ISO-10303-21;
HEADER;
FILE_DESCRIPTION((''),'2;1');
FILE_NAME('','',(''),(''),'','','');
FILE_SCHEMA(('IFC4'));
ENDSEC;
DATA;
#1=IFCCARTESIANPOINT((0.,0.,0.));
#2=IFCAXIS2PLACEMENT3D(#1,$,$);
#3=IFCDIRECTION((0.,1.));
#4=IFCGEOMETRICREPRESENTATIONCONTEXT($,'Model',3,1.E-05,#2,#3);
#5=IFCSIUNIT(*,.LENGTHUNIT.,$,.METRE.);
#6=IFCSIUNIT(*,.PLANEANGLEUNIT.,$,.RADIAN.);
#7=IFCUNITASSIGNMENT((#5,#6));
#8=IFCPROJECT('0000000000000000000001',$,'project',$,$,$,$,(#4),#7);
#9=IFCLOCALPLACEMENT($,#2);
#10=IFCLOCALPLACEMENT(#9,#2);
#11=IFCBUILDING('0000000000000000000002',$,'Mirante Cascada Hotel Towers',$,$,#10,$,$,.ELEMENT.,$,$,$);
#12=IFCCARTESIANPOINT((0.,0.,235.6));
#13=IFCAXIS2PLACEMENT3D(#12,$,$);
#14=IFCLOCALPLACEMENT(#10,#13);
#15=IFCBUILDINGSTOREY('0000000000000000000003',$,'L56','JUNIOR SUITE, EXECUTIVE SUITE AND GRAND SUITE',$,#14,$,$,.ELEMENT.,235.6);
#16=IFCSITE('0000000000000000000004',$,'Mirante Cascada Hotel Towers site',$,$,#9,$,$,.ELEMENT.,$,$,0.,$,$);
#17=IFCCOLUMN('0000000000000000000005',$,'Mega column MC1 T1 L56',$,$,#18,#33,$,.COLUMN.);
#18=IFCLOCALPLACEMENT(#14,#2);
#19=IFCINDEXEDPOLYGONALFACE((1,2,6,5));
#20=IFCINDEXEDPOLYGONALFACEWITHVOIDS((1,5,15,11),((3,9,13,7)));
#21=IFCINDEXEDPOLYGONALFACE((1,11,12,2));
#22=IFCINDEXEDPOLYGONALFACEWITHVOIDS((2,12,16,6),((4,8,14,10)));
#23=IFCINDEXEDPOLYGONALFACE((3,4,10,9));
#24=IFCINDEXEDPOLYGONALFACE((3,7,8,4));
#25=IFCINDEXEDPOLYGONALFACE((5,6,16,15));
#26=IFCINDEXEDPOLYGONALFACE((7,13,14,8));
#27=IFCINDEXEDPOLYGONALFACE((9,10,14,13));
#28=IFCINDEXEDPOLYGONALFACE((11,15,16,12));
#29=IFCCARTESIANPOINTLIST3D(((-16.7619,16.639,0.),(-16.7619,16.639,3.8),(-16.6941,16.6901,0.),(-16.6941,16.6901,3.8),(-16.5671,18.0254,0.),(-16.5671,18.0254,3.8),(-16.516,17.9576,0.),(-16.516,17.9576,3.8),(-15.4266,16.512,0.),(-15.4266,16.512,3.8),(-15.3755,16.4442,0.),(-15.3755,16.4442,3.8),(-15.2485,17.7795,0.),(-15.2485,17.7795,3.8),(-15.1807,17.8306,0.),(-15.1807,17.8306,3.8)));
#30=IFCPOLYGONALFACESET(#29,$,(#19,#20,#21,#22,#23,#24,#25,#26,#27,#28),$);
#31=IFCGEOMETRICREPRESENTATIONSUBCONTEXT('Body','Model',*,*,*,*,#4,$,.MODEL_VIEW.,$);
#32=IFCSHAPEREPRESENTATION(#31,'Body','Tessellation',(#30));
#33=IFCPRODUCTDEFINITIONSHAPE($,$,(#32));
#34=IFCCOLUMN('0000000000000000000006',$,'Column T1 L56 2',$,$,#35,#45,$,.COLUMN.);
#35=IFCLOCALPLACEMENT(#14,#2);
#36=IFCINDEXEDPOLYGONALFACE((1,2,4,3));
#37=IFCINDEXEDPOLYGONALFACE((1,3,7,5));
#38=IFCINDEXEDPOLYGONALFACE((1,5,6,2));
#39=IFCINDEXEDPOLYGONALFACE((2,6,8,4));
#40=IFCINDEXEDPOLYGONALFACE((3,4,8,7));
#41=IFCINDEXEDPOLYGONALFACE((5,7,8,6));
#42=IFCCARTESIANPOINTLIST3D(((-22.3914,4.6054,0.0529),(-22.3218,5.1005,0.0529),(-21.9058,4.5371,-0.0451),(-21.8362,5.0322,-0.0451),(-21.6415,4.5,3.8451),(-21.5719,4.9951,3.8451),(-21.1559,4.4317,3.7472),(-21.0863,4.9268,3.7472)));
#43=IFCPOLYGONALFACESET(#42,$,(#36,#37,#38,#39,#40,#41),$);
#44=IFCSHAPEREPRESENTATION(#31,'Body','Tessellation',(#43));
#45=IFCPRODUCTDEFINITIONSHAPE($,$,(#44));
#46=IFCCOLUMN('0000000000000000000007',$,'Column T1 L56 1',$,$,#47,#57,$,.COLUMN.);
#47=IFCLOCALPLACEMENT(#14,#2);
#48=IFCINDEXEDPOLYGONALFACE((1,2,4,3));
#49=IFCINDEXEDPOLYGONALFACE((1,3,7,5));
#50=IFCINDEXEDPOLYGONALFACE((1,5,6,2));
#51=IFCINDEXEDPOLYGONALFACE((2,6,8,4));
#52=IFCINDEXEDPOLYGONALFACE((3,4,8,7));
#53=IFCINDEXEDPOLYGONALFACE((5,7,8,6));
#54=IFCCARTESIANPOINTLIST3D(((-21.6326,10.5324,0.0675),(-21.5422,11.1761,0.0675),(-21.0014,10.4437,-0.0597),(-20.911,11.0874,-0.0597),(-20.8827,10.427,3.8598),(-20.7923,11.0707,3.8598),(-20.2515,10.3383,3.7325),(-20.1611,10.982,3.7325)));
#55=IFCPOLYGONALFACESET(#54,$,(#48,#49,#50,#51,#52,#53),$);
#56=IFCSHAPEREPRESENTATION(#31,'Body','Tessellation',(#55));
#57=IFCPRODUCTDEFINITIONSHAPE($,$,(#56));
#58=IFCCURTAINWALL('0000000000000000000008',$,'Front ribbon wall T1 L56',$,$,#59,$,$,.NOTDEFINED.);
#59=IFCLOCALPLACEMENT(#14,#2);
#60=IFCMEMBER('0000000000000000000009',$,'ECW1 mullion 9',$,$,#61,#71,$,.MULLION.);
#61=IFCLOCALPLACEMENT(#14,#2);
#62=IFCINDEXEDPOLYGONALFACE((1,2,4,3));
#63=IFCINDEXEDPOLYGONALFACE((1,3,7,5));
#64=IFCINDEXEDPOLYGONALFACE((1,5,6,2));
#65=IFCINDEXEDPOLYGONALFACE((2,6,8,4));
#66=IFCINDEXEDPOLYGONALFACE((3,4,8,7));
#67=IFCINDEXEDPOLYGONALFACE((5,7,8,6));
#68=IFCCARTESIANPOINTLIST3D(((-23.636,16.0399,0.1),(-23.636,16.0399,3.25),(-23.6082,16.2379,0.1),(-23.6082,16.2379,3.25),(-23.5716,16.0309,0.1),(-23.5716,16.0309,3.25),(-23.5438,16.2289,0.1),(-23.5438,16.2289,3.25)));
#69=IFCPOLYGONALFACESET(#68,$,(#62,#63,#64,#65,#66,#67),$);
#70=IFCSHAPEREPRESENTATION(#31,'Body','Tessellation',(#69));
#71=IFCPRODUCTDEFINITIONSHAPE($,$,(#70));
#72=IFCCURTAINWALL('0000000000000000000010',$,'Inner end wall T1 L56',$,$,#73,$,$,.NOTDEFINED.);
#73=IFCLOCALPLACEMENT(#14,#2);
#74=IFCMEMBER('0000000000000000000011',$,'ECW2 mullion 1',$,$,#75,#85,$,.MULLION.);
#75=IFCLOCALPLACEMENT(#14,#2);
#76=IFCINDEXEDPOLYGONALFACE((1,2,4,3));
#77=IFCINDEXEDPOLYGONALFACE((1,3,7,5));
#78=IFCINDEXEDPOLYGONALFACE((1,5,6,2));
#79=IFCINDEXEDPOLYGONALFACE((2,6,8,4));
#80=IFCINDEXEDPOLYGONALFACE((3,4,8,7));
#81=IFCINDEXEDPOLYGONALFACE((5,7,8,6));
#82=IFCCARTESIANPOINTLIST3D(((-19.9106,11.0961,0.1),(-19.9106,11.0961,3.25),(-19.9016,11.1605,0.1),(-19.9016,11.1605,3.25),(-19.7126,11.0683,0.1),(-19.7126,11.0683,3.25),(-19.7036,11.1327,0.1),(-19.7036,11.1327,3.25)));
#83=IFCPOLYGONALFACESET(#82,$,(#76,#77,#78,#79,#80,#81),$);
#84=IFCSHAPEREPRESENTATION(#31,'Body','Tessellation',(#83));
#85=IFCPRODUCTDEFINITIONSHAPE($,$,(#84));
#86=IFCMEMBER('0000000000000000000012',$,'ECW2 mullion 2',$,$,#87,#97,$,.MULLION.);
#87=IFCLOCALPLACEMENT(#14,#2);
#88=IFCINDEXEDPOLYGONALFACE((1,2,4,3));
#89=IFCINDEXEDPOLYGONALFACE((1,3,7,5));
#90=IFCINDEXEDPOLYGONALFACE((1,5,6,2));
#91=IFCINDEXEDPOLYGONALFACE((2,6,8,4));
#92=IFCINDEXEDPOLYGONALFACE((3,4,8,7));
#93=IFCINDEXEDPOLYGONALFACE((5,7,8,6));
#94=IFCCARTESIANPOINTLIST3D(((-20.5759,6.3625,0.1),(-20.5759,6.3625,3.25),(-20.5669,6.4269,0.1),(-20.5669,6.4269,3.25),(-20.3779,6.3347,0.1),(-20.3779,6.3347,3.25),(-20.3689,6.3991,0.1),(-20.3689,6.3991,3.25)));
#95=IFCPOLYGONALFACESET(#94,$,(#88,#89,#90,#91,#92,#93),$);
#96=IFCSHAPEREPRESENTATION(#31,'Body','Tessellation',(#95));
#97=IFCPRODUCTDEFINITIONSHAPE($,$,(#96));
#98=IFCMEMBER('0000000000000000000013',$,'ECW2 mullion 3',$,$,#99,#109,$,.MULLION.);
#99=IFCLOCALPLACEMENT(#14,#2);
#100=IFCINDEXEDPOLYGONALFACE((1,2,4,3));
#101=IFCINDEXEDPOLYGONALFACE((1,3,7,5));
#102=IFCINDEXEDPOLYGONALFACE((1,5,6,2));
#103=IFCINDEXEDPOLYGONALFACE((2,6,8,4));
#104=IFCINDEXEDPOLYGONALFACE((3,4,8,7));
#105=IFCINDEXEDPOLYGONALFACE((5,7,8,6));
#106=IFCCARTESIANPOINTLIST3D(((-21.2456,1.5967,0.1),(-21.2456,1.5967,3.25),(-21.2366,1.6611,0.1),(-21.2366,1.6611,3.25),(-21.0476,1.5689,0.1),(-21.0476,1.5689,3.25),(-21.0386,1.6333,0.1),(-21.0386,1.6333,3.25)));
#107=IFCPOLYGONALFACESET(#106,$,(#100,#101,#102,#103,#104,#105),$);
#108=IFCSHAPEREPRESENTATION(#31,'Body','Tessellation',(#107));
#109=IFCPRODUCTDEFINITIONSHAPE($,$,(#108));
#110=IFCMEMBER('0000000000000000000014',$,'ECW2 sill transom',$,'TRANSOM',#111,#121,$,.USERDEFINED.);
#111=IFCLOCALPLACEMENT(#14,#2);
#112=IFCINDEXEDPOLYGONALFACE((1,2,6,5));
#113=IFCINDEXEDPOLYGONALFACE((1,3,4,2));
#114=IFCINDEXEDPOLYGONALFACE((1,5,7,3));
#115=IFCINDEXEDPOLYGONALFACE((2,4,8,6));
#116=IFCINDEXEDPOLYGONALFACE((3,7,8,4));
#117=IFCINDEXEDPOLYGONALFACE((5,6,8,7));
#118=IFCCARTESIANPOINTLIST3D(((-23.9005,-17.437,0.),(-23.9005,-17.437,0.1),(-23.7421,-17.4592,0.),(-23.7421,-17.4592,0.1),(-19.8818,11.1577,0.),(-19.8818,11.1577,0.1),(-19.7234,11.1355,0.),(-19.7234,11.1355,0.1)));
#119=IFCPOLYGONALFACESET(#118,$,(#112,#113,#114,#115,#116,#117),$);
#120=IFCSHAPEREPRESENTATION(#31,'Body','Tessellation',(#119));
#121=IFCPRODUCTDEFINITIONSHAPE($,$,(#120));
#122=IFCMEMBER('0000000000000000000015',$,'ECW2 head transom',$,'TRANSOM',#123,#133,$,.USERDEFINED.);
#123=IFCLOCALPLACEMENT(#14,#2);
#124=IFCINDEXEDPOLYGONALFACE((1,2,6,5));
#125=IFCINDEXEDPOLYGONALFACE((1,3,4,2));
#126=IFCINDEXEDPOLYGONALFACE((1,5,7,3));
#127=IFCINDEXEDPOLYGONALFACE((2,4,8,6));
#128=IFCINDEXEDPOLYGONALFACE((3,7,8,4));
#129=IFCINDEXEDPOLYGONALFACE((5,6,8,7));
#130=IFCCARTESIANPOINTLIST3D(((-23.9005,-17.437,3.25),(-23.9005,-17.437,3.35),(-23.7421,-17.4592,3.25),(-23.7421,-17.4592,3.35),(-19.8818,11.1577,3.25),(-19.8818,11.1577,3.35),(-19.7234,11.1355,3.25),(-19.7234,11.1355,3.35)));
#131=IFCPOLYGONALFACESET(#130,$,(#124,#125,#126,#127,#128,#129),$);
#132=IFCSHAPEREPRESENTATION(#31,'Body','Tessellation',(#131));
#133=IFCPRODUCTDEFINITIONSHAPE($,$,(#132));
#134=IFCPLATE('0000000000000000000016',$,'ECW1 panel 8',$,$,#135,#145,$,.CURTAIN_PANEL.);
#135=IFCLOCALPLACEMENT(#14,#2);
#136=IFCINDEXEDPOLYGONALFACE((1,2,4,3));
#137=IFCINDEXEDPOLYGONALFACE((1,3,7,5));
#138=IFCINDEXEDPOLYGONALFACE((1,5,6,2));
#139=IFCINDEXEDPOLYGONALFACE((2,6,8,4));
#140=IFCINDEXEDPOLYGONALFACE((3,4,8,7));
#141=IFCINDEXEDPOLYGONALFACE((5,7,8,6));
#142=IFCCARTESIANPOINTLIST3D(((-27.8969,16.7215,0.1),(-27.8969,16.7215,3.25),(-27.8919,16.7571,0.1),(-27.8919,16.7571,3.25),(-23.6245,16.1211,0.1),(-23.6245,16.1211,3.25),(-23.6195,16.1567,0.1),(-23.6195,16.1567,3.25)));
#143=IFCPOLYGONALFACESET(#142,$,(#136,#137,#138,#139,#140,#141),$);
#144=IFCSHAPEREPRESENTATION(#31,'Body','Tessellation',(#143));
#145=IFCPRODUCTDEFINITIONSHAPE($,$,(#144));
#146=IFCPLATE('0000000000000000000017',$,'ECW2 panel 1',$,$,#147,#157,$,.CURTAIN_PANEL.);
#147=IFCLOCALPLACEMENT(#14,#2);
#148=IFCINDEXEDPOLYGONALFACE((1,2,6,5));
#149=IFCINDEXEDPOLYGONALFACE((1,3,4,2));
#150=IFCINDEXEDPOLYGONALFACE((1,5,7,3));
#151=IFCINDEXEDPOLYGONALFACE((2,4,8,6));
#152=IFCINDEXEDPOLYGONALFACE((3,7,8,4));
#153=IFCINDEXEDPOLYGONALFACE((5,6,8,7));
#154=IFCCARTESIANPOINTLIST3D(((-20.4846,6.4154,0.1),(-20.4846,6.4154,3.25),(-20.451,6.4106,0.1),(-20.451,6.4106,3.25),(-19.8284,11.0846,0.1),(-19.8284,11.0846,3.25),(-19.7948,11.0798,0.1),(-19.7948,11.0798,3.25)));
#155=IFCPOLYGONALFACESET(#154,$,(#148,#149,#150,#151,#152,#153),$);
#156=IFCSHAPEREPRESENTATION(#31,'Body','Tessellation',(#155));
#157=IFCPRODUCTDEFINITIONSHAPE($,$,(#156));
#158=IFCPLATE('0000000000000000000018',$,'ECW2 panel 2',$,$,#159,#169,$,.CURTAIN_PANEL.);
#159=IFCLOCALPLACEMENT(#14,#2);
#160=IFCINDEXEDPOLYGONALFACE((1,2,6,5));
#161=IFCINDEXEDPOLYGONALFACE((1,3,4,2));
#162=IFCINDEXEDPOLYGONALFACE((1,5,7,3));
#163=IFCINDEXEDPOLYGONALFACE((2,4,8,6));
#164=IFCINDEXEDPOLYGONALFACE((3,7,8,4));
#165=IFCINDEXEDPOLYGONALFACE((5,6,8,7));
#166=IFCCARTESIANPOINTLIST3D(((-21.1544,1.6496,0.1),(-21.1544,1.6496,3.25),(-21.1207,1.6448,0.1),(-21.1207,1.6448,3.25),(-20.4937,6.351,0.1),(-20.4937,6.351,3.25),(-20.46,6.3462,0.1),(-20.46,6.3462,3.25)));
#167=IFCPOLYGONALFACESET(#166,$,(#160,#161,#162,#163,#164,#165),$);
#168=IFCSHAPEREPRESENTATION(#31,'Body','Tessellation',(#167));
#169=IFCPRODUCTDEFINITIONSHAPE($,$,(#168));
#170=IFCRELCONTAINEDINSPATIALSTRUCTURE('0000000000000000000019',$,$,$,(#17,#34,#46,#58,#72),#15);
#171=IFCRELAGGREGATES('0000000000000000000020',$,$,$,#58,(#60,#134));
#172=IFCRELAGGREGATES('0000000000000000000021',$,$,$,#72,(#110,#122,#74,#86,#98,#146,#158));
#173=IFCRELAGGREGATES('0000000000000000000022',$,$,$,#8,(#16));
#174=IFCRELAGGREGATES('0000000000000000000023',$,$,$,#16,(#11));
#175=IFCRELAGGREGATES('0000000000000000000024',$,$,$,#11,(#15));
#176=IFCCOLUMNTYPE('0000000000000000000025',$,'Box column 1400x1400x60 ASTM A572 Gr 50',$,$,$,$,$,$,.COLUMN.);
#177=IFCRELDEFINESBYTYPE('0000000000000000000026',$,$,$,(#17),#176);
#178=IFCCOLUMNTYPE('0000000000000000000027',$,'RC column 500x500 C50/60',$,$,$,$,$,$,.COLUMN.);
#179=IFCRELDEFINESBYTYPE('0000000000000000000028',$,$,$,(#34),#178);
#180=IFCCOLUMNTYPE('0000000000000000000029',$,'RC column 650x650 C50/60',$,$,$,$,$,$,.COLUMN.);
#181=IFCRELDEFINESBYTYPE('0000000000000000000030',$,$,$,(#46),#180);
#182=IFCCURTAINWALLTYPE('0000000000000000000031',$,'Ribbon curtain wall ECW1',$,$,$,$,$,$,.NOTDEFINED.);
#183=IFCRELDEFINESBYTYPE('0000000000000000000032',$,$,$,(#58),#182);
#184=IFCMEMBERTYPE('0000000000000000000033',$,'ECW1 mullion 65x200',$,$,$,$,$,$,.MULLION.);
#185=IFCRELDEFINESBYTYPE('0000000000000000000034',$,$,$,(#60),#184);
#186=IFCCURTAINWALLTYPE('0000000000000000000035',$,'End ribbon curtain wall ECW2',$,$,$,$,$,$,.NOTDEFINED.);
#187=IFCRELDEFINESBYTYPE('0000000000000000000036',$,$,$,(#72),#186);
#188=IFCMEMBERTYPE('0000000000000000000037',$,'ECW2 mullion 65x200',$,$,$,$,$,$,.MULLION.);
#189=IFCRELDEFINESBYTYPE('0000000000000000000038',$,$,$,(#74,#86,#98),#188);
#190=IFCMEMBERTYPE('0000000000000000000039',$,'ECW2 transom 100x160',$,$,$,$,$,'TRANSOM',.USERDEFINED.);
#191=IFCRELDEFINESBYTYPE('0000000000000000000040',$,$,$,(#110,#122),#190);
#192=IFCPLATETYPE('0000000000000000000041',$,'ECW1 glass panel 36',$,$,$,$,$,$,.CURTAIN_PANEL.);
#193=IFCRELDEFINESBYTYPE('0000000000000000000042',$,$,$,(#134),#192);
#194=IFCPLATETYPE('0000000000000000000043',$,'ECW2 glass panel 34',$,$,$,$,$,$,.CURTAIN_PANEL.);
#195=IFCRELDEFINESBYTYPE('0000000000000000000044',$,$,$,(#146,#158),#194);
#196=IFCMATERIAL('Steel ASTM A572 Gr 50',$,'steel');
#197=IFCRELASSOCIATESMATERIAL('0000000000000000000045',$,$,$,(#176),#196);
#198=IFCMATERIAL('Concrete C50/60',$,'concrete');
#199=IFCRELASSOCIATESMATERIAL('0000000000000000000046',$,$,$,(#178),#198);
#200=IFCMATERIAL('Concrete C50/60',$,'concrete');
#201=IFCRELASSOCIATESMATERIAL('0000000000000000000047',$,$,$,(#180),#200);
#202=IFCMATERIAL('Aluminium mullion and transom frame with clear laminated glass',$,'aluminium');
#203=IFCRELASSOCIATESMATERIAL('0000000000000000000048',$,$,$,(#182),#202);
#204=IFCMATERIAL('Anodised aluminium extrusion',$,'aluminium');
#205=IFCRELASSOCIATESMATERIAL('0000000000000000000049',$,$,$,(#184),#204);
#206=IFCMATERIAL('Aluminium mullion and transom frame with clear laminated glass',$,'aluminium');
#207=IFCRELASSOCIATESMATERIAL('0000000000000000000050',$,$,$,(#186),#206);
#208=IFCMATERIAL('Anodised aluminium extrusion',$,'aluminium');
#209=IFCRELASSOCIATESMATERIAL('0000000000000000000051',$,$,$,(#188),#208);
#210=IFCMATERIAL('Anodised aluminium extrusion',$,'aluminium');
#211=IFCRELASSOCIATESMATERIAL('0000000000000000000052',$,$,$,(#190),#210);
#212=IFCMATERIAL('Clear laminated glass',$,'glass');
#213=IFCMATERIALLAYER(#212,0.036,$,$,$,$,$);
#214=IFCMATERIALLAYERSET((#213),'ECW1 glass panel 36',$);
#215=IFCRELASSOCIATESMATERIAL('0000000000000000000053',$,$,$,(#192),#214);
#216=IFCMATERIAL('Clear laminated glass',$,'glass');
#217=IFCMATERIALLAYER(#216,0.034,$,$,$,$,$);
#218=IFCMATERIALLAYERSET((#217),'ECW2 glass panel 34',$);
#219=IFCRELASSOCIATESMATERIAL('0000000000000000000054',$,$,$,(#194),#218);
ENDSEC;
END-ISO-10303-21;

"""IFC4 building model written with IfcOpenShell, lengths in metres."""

from ifc_helpers import new_model, si_unit, direction, frame, origin, origin_2d, place, context, subcontext, project, spatial, rectangle, hollow_rectangle, extrude, material, layer, layer_set, material_profile, profile_set, type_object, element, aggregate, save


model = new_model("IFC4")

# Units and contexts
model_context = context("Model", 3, precision=1e-05, world=origin(), true_north=direction((0.0, 1.0)))
body_context = subcontext(model_context, "Body", "Model", "MODEL_VIEW")
ifc_project = project(units=[si_unit("LENGTHUNIT", "METRE"), si_unit("PLANEANGLEUNIT", "RADIAN")], contexts=[model_context])

# Site, building, storey
site_placement = place(None, origin())
site = spatial("IfcSite", under=ifc_project, at=site_placement, Name="Mirante Cascada Hotel Towers site", CompositionType="ELEMENT", RefElevation=0.0)
building_placement = place(site_placement, origin())
building = spatial("IfcBuilding", under=site, at=building_placement, Name="Mirante Cascada Hotel Towers", CompositionType="ELEMENT")
storey_placement = place(building_placement, frame((0.0, 0.0, 235.6)))
storey = spatial("IfcBuildingStorey", under=building, at=storey_placement, Name="L56", Description="JUNIOR SUITE, EXECUTIVE SUITE AND GRAND SUITE", CompositionType="ELEMENT", Elevation=235.6)

# Columns
ifc_material_1 = material(Name="Steel ASTM A572 Gr 50", Category="steel")
ifc_material_profile_1 = material_profile(ifc_material_1, hollow_rectangle(XDim=1.4, YDim=1.4, WallThickness=0.06, at=origin_2d()), Name="Box column 1400x1400x60 ASTM A572 Gr 50")
ifc_profile_set_1 = profile_set([ifc_material_profile_1], Name="Steel ASTM A572 Gr 50")
column_type_1 = type_object("IfcColumnType", Name="Box column 1400x1400x60 ASTM A572 Gr 50", PredefinedType="COLUMN", material=ifc_profile_set_1)
column_1_placement = place(storey_placement, frame((-15.9713, 17.2348, 0.0), z_axis=(0.0, 0.0, 1.0), x_axis=(-0.990268, 0.139173, 0.0)))
element("IfcColumn", 1, at=column_1_placement, inside=storey, type_object=column_type_1, Name="Mega column MC1 T1 L56", PredefinedType="COLUMN", context=body_context, shape_type="SweptSolid", body=[
    extrude(hollow_rectangle(XDim=1.4, YDim=1.4, WallThickness=0.06, at=origin_2d()), origin(), (0.0, 0.0, 1.0), 3.8),
])
ifc_material_2 = material(Name="Concrete C50/60", Category="concrete")
ifc_material_profile_2 = material_profile(ifc_material_2, rectangle(XDim=0.5, YDim=0.5, at=origin_2d()), Name="RC column 500x500 C50/60")
ifc_profile_set_2 = profile_set([ifc_material_profile_2], Name="Concrete C50/60")
column_type_2 = type_object("IfcColumnType", Name="RC column 500x500 C50/60", PredefinedType="COLUMN", material=ifc_profile_set_2)
column_2_placement = place(storey_placement, frame((-22.1138, 4.8188, 0.0039), z_axis=(0.193919, -0.027256, 0.980639), x_axis=(0.139184, 0.990267, 0.0)))
element("IfcColumn", 2, at=column_2_placement, inside=storey, type_object=column_type_2, Name="Column T1 L56 2", PredefinedType="COLUMN", context=body_context, shape_type="SweptSolid", body=[
    extrude(rectangle(XDim=0.5, YDim=0.5, at=origin_2d()), origin(), (0.0, 0.0, 1.0), 3.8671),
])
ifc_material_3 = material(Name="Concrete C50/60", Category="concrete")
ifc_material_profile_3 = material_profile(ifc_material_3, rectangle(XDim=0.65, YDim=0.65, at=origin_2d()), Name="RC column 650x650 C50/60")
ifc_profile_set_3 = profile_set([ifc_material_profile_3], Name="Concrete C50/60")
column_type_3 = type_object("IfcColumnType", Name="RC column 650x650 C50/60", PredefinedType="COLUMN", material=ifc_profile_set_3)
column_3_placement = place(storey_placement, frame((-21.2718, 10.8099, 0.0039), z_axis=(0.193919, -0.027256, 0.980639), x_axis=(0.139184, 0.990267, 0.0)))
element("IfcColumn", 3, at=column_3_placement, inside=storey, type_object=column_type_3, Name="Column T1 L56 1", PredefinedType="COLUMN", context=body_context, shape_type="SweptSolid", body=[
    extrude(rectangle(XDim=0.65, YDim=0.65, at=origin_2d()), origin(), (0.0, 0.0, 1.0), 3.8671),
])

# Curtain wall, member
ifc_material_4 = material(Name="Aluminium mullion and transom frame with clear laminated glass", Category="aluminium")
curtain_wall_type_1 = type_object("IfcCurtainWallType", Name="Ribbon curtain wall ECW1", PredefinedType="NOTDEFINED", material=ifc_material_4)
curtain_wall_1_placement = place(storey_placement, origin())
curtain_wall_1 = element("IfcCurtainWall", 4, at=curtain_wall_1_placement, inside=storey, type_object=curtain_wall_type_1, Name="Front ribbon wall T1 L56", PredefinedType="NOTDEFINED")
ifc_material_5 = material(Name="Anodised aluminium extrusion", Category="aluminium")
ifc_material_profile_4 = material_profile(ifc_material_5, rectangle(XDim=0.2, YDim=0.065, at=origin_2d()), Name="ECW1 MULLION 65x200")
ifc_profile_set_4 = profile_set([ifc_material_profile_4], Name="Anodised aluminium extrusion")
member_type_1 = type_object("IfcMemberType", Name="ECW1 mullion 65x200", PredefinedType="MULLION", material=ifc_profile_set_4)
member_1_placement = place(storey_placement, frame((-23.5899, 16.1344, 0.1), z_axis=(0.0, 0.0, 1.0), x_axis=(0.139173, 0.990268, 0.0)))
member_1 = element("IfcMember", 5, at=member_1_placement, type_object=member_type_1, Name="ECW1 mullion 9", PredefinedType="MULLION", context=body_context, shape_type="SweptSolid", body=[
    extrude(rectangle(XDim=0.2, YDim=0.065, at=origin_2d()), origin(), (0.0, 0.0, 1.0), 3.15),
])

# Curtain wall, members
ifc_material_6 = material(Name="Aluminium mullion and transom frame with clear laminated glass", Category="aluminium")
curtain_wall_type_2 = type_object("IfcCurtainWallType", Name="End ribbon curtain wall ECW2", PredefinedType="NOTDEFINED", material=ifc_material_6)
curtain_wall_2_placement = place(storey_placement, origin())
curtain_wall_2 = element("IfcCurtainWall", 6, at=curtain_wall_2_placement, inside=storey, type_object=curtain_wall_type_2, Name="Inner end wall T1 L56", PredefinedType="NOTDEFINED")
ifc_material_7 = material(Name="Anodised aluminium extrusion", Category="aluminium")
ifc_material_profile_5 = material_profile(ifc_material_7, rectangle(XDim=0.2, YDim=0.065, at=origin_2d()), Name="ECW2 MULLION 65x200")
ifc_profile_set_5 = profile_set([ifc_material_profile_5], Name="Anodised aluminium extrusion")
member_type_2 = type_object("IfcMemberType", Name="ECW2 mullion 65x200", PredefinedType="MULLION", material=ifc_profile_set_5)
member_2_placement = place(storey_placement, frame((-19.8071, 11.1144, 0.1), z_axis=(0.0, 0.0, 1.0), x_axis=(0.990268, -0.139173, 0.0)))
member_2 = element("IfcMember", 7, at=member_2_placement, type_object=member_type_2, Name="ECW2 mullion 1", PredefinedType="MULLION", context=body_context, shape_type="SweptSolid", body=[
    extrude(rectangle(XDim=0.2, YDim=0.065, at=origin_2d()), origin(), (0.0, 0.0, 1.0), 3.15),
])
member_3_placement = place(storey_placement, frame((-20.4724, 6.3808, 0.1), z_axis=(0.0, 0.0, 1.0), x_axis=(0.990268, -0.139173, 0.0)))
member_3 = element("IfcMember", 8, at=member_3_placement, type_object=member_type_2, Name="ECW2 mullion 2", PredefinedType="MULLION", context=body_context, shape_type="SweptSolid", body=[
    extrude(rectangle(XDim=0.2, YDim=0.065, at=origin_2d()), origin(), (0.0, 0.0, 1.0), 3.15),
])
member_4_placement = place(storey_placement, frame((-21.1421, 1.615, 0.1), z_axis=(0.0, 0.0, 1.0), x_axis=(0.990268, -0.139173, 0.0)))
member_4 = element("IfcMember", 9, at=member_4_placement, type_object=member_type_2, Name="ECW2 mullion 3", PredefinedType="MULLION", context=body_context, shape_type="SweptSolid", body=[
    extrude(rectangle(XDim=0.2, YDim=0.065, at=origin_2d()), origin(), (0.0, 0.0, 1.0), 3.15),
])
ifc_material_8 = material(Name="Anodised aluminium extrusion", Category="aluminium")
ifc_material_profile_6 = material_profile(ifc_material_8, rectangle(XDim=0.16, YDim=0.1, at=origin_2d()), Name="ECW2 TRANSOM 100x160")
ifc_profile_set_6 = profile_set([ifc_material_profile_6], Name="Anodised aluminium extrusion")
member_type_3 = type_object("IfcMemberType", Name="ECW2 transom 100x160", ElementType="TRANSOM", PredefinedType="USERDEFINED", material=ifc_profile_set_6)
member_5_placement = place(storey_placement, frame((-19.8026, 11.1466, 0.05), z_axis=(-0.139172, -0.990268, 0.0), x_axis=(0.990268, -0.139172, 0.0)))
member_5 = element("IfcMember", 10, at=member_5_placement, type_object=member_type_3, Name="ECW2 sill transom", ObjectType="TRANSOM", PredefinedType="USERDEFINED", context=body_context, shape_type="SweptSolid", body=[
    extrude(rectangle(XDim=0.16, YDim=0.1, at=origin_2d()), origin(), (0.0, 0.0, 1.0), 28.8757),
])
member_6_placement = place(storey_placement, frame((-19.8026, 11.1466, 3.3), z_axis=(-0.139172, -0.990268, 0.0), x_axis=(0.990268, -0.139172, 0.0)))
member_6 = element("IfcMember", 11, at=member_6_placement, type_object=member_type_3, Name="ECW2 head transom", ObjectType="TRANSOM", PredefinedType="USERDEFINED", context=body_context, shape_type="SweptSolid", body=[
    extrude(rectangle(XDim=0.16, YDim=0.1, at=origin_2d()), origin(), (0.0, 0.0, 1.0), 28.8757),
])

# Plates
ifc_material_9 = material(Name="Clear laminated glass", Category="glass")
ifc_layer_1 = layer(ifc_material_9, 0.036)
ifc_layer_set_1 = layer_set([ifc_layer_1], Name="ECW1 glass panel 36")
plate_type_1 = type_object("IfcPlateType", Name="ECW1 glass panel 36", PredefinedType="CURTAIN_PANEL", material=ifc_layer_set_1)
plate_1_placement = place(storey_placement, frame((-25.7582, 16.4391, 0.1), z_axis=(0.0, 0.0, 1.0), x_axis=(0.990268, -0.139173, 0.0)))
plate_1 = element("IfcPlate", 12, at=plate_1_placement, type_object=plate_type_1, Name="ECW1 panel 8", PredefinedType="CURTAIN_PANEL", context=body_context, shape_type="SweptSolid", body=[
    extrude(rectangle(XDim=4.3143, YDim=0.036, at=origin_2d()), origin(), (0.0, 0.0, 1.0), 3.15),
])
aggregate(curtain_wall_1, [member_1, plate_1])
ifc_material_10 = material(Name="Clear laminated glass", Category="glass")
ifc_layer_2 = layer(ifc_material_10, 0.034)
ifc_layer_set_2 = layer_set([ifc_layer_2], Name="ECW2 glass panel 34")
plate_type_2 = type_object("IfcPlateType", Name="ECW2 glass panel 34", PredefinedType="CURTAIN_PANEL", material=ifc_layer_set_2)
plate_2_placement = place(storey_placement, frame((-20.1397, 8.7476, 0.1), z_axis=(0.0, 0.0, 1.0), x_axis=(-0.139173, -0.990268, 0.0)))
plate_2 = element("IfcPlate", 13, at=plate_2_placement, type_object=plate_type_2, Name="ECW2 panel 1", PredefinedType="CURTAIN_PANEL", context=body_context, shape_type="SweptSolid", body=[
    extrude(rectangle(XDim=4.7151, YDim=0.034, at=origin_2d()), origin(), (0.0, 0.0, 1.0), 3.15),
])
plate_3_placement = place(storey_placement, frame((-20.8072, 3.9979, 0.1), z_axis=(0.0, 0.0, 1.0), x_axis=(-0.139173, -0.990268, 0.0)))
plate_3 = element("IfcPlate", 14, at=plate_3_placement, type_object=plate_type_2, Name="ECW2 panel 2", PredefinedType="CURTAIN_PANEL", context=body_context, shape_type="SweptSolid", body=[
    extrude(rectangle(XDim=4.7476, YDim=0.034, at=origin_2d()), origin(), (0.0, 0.0, 1.0), 3.15),
])
aggregate(curtain_wall_2, [member_5, member_6, member_2, member_3, member_4, plate_2, plate_3])

save(model, "model.ifc")
